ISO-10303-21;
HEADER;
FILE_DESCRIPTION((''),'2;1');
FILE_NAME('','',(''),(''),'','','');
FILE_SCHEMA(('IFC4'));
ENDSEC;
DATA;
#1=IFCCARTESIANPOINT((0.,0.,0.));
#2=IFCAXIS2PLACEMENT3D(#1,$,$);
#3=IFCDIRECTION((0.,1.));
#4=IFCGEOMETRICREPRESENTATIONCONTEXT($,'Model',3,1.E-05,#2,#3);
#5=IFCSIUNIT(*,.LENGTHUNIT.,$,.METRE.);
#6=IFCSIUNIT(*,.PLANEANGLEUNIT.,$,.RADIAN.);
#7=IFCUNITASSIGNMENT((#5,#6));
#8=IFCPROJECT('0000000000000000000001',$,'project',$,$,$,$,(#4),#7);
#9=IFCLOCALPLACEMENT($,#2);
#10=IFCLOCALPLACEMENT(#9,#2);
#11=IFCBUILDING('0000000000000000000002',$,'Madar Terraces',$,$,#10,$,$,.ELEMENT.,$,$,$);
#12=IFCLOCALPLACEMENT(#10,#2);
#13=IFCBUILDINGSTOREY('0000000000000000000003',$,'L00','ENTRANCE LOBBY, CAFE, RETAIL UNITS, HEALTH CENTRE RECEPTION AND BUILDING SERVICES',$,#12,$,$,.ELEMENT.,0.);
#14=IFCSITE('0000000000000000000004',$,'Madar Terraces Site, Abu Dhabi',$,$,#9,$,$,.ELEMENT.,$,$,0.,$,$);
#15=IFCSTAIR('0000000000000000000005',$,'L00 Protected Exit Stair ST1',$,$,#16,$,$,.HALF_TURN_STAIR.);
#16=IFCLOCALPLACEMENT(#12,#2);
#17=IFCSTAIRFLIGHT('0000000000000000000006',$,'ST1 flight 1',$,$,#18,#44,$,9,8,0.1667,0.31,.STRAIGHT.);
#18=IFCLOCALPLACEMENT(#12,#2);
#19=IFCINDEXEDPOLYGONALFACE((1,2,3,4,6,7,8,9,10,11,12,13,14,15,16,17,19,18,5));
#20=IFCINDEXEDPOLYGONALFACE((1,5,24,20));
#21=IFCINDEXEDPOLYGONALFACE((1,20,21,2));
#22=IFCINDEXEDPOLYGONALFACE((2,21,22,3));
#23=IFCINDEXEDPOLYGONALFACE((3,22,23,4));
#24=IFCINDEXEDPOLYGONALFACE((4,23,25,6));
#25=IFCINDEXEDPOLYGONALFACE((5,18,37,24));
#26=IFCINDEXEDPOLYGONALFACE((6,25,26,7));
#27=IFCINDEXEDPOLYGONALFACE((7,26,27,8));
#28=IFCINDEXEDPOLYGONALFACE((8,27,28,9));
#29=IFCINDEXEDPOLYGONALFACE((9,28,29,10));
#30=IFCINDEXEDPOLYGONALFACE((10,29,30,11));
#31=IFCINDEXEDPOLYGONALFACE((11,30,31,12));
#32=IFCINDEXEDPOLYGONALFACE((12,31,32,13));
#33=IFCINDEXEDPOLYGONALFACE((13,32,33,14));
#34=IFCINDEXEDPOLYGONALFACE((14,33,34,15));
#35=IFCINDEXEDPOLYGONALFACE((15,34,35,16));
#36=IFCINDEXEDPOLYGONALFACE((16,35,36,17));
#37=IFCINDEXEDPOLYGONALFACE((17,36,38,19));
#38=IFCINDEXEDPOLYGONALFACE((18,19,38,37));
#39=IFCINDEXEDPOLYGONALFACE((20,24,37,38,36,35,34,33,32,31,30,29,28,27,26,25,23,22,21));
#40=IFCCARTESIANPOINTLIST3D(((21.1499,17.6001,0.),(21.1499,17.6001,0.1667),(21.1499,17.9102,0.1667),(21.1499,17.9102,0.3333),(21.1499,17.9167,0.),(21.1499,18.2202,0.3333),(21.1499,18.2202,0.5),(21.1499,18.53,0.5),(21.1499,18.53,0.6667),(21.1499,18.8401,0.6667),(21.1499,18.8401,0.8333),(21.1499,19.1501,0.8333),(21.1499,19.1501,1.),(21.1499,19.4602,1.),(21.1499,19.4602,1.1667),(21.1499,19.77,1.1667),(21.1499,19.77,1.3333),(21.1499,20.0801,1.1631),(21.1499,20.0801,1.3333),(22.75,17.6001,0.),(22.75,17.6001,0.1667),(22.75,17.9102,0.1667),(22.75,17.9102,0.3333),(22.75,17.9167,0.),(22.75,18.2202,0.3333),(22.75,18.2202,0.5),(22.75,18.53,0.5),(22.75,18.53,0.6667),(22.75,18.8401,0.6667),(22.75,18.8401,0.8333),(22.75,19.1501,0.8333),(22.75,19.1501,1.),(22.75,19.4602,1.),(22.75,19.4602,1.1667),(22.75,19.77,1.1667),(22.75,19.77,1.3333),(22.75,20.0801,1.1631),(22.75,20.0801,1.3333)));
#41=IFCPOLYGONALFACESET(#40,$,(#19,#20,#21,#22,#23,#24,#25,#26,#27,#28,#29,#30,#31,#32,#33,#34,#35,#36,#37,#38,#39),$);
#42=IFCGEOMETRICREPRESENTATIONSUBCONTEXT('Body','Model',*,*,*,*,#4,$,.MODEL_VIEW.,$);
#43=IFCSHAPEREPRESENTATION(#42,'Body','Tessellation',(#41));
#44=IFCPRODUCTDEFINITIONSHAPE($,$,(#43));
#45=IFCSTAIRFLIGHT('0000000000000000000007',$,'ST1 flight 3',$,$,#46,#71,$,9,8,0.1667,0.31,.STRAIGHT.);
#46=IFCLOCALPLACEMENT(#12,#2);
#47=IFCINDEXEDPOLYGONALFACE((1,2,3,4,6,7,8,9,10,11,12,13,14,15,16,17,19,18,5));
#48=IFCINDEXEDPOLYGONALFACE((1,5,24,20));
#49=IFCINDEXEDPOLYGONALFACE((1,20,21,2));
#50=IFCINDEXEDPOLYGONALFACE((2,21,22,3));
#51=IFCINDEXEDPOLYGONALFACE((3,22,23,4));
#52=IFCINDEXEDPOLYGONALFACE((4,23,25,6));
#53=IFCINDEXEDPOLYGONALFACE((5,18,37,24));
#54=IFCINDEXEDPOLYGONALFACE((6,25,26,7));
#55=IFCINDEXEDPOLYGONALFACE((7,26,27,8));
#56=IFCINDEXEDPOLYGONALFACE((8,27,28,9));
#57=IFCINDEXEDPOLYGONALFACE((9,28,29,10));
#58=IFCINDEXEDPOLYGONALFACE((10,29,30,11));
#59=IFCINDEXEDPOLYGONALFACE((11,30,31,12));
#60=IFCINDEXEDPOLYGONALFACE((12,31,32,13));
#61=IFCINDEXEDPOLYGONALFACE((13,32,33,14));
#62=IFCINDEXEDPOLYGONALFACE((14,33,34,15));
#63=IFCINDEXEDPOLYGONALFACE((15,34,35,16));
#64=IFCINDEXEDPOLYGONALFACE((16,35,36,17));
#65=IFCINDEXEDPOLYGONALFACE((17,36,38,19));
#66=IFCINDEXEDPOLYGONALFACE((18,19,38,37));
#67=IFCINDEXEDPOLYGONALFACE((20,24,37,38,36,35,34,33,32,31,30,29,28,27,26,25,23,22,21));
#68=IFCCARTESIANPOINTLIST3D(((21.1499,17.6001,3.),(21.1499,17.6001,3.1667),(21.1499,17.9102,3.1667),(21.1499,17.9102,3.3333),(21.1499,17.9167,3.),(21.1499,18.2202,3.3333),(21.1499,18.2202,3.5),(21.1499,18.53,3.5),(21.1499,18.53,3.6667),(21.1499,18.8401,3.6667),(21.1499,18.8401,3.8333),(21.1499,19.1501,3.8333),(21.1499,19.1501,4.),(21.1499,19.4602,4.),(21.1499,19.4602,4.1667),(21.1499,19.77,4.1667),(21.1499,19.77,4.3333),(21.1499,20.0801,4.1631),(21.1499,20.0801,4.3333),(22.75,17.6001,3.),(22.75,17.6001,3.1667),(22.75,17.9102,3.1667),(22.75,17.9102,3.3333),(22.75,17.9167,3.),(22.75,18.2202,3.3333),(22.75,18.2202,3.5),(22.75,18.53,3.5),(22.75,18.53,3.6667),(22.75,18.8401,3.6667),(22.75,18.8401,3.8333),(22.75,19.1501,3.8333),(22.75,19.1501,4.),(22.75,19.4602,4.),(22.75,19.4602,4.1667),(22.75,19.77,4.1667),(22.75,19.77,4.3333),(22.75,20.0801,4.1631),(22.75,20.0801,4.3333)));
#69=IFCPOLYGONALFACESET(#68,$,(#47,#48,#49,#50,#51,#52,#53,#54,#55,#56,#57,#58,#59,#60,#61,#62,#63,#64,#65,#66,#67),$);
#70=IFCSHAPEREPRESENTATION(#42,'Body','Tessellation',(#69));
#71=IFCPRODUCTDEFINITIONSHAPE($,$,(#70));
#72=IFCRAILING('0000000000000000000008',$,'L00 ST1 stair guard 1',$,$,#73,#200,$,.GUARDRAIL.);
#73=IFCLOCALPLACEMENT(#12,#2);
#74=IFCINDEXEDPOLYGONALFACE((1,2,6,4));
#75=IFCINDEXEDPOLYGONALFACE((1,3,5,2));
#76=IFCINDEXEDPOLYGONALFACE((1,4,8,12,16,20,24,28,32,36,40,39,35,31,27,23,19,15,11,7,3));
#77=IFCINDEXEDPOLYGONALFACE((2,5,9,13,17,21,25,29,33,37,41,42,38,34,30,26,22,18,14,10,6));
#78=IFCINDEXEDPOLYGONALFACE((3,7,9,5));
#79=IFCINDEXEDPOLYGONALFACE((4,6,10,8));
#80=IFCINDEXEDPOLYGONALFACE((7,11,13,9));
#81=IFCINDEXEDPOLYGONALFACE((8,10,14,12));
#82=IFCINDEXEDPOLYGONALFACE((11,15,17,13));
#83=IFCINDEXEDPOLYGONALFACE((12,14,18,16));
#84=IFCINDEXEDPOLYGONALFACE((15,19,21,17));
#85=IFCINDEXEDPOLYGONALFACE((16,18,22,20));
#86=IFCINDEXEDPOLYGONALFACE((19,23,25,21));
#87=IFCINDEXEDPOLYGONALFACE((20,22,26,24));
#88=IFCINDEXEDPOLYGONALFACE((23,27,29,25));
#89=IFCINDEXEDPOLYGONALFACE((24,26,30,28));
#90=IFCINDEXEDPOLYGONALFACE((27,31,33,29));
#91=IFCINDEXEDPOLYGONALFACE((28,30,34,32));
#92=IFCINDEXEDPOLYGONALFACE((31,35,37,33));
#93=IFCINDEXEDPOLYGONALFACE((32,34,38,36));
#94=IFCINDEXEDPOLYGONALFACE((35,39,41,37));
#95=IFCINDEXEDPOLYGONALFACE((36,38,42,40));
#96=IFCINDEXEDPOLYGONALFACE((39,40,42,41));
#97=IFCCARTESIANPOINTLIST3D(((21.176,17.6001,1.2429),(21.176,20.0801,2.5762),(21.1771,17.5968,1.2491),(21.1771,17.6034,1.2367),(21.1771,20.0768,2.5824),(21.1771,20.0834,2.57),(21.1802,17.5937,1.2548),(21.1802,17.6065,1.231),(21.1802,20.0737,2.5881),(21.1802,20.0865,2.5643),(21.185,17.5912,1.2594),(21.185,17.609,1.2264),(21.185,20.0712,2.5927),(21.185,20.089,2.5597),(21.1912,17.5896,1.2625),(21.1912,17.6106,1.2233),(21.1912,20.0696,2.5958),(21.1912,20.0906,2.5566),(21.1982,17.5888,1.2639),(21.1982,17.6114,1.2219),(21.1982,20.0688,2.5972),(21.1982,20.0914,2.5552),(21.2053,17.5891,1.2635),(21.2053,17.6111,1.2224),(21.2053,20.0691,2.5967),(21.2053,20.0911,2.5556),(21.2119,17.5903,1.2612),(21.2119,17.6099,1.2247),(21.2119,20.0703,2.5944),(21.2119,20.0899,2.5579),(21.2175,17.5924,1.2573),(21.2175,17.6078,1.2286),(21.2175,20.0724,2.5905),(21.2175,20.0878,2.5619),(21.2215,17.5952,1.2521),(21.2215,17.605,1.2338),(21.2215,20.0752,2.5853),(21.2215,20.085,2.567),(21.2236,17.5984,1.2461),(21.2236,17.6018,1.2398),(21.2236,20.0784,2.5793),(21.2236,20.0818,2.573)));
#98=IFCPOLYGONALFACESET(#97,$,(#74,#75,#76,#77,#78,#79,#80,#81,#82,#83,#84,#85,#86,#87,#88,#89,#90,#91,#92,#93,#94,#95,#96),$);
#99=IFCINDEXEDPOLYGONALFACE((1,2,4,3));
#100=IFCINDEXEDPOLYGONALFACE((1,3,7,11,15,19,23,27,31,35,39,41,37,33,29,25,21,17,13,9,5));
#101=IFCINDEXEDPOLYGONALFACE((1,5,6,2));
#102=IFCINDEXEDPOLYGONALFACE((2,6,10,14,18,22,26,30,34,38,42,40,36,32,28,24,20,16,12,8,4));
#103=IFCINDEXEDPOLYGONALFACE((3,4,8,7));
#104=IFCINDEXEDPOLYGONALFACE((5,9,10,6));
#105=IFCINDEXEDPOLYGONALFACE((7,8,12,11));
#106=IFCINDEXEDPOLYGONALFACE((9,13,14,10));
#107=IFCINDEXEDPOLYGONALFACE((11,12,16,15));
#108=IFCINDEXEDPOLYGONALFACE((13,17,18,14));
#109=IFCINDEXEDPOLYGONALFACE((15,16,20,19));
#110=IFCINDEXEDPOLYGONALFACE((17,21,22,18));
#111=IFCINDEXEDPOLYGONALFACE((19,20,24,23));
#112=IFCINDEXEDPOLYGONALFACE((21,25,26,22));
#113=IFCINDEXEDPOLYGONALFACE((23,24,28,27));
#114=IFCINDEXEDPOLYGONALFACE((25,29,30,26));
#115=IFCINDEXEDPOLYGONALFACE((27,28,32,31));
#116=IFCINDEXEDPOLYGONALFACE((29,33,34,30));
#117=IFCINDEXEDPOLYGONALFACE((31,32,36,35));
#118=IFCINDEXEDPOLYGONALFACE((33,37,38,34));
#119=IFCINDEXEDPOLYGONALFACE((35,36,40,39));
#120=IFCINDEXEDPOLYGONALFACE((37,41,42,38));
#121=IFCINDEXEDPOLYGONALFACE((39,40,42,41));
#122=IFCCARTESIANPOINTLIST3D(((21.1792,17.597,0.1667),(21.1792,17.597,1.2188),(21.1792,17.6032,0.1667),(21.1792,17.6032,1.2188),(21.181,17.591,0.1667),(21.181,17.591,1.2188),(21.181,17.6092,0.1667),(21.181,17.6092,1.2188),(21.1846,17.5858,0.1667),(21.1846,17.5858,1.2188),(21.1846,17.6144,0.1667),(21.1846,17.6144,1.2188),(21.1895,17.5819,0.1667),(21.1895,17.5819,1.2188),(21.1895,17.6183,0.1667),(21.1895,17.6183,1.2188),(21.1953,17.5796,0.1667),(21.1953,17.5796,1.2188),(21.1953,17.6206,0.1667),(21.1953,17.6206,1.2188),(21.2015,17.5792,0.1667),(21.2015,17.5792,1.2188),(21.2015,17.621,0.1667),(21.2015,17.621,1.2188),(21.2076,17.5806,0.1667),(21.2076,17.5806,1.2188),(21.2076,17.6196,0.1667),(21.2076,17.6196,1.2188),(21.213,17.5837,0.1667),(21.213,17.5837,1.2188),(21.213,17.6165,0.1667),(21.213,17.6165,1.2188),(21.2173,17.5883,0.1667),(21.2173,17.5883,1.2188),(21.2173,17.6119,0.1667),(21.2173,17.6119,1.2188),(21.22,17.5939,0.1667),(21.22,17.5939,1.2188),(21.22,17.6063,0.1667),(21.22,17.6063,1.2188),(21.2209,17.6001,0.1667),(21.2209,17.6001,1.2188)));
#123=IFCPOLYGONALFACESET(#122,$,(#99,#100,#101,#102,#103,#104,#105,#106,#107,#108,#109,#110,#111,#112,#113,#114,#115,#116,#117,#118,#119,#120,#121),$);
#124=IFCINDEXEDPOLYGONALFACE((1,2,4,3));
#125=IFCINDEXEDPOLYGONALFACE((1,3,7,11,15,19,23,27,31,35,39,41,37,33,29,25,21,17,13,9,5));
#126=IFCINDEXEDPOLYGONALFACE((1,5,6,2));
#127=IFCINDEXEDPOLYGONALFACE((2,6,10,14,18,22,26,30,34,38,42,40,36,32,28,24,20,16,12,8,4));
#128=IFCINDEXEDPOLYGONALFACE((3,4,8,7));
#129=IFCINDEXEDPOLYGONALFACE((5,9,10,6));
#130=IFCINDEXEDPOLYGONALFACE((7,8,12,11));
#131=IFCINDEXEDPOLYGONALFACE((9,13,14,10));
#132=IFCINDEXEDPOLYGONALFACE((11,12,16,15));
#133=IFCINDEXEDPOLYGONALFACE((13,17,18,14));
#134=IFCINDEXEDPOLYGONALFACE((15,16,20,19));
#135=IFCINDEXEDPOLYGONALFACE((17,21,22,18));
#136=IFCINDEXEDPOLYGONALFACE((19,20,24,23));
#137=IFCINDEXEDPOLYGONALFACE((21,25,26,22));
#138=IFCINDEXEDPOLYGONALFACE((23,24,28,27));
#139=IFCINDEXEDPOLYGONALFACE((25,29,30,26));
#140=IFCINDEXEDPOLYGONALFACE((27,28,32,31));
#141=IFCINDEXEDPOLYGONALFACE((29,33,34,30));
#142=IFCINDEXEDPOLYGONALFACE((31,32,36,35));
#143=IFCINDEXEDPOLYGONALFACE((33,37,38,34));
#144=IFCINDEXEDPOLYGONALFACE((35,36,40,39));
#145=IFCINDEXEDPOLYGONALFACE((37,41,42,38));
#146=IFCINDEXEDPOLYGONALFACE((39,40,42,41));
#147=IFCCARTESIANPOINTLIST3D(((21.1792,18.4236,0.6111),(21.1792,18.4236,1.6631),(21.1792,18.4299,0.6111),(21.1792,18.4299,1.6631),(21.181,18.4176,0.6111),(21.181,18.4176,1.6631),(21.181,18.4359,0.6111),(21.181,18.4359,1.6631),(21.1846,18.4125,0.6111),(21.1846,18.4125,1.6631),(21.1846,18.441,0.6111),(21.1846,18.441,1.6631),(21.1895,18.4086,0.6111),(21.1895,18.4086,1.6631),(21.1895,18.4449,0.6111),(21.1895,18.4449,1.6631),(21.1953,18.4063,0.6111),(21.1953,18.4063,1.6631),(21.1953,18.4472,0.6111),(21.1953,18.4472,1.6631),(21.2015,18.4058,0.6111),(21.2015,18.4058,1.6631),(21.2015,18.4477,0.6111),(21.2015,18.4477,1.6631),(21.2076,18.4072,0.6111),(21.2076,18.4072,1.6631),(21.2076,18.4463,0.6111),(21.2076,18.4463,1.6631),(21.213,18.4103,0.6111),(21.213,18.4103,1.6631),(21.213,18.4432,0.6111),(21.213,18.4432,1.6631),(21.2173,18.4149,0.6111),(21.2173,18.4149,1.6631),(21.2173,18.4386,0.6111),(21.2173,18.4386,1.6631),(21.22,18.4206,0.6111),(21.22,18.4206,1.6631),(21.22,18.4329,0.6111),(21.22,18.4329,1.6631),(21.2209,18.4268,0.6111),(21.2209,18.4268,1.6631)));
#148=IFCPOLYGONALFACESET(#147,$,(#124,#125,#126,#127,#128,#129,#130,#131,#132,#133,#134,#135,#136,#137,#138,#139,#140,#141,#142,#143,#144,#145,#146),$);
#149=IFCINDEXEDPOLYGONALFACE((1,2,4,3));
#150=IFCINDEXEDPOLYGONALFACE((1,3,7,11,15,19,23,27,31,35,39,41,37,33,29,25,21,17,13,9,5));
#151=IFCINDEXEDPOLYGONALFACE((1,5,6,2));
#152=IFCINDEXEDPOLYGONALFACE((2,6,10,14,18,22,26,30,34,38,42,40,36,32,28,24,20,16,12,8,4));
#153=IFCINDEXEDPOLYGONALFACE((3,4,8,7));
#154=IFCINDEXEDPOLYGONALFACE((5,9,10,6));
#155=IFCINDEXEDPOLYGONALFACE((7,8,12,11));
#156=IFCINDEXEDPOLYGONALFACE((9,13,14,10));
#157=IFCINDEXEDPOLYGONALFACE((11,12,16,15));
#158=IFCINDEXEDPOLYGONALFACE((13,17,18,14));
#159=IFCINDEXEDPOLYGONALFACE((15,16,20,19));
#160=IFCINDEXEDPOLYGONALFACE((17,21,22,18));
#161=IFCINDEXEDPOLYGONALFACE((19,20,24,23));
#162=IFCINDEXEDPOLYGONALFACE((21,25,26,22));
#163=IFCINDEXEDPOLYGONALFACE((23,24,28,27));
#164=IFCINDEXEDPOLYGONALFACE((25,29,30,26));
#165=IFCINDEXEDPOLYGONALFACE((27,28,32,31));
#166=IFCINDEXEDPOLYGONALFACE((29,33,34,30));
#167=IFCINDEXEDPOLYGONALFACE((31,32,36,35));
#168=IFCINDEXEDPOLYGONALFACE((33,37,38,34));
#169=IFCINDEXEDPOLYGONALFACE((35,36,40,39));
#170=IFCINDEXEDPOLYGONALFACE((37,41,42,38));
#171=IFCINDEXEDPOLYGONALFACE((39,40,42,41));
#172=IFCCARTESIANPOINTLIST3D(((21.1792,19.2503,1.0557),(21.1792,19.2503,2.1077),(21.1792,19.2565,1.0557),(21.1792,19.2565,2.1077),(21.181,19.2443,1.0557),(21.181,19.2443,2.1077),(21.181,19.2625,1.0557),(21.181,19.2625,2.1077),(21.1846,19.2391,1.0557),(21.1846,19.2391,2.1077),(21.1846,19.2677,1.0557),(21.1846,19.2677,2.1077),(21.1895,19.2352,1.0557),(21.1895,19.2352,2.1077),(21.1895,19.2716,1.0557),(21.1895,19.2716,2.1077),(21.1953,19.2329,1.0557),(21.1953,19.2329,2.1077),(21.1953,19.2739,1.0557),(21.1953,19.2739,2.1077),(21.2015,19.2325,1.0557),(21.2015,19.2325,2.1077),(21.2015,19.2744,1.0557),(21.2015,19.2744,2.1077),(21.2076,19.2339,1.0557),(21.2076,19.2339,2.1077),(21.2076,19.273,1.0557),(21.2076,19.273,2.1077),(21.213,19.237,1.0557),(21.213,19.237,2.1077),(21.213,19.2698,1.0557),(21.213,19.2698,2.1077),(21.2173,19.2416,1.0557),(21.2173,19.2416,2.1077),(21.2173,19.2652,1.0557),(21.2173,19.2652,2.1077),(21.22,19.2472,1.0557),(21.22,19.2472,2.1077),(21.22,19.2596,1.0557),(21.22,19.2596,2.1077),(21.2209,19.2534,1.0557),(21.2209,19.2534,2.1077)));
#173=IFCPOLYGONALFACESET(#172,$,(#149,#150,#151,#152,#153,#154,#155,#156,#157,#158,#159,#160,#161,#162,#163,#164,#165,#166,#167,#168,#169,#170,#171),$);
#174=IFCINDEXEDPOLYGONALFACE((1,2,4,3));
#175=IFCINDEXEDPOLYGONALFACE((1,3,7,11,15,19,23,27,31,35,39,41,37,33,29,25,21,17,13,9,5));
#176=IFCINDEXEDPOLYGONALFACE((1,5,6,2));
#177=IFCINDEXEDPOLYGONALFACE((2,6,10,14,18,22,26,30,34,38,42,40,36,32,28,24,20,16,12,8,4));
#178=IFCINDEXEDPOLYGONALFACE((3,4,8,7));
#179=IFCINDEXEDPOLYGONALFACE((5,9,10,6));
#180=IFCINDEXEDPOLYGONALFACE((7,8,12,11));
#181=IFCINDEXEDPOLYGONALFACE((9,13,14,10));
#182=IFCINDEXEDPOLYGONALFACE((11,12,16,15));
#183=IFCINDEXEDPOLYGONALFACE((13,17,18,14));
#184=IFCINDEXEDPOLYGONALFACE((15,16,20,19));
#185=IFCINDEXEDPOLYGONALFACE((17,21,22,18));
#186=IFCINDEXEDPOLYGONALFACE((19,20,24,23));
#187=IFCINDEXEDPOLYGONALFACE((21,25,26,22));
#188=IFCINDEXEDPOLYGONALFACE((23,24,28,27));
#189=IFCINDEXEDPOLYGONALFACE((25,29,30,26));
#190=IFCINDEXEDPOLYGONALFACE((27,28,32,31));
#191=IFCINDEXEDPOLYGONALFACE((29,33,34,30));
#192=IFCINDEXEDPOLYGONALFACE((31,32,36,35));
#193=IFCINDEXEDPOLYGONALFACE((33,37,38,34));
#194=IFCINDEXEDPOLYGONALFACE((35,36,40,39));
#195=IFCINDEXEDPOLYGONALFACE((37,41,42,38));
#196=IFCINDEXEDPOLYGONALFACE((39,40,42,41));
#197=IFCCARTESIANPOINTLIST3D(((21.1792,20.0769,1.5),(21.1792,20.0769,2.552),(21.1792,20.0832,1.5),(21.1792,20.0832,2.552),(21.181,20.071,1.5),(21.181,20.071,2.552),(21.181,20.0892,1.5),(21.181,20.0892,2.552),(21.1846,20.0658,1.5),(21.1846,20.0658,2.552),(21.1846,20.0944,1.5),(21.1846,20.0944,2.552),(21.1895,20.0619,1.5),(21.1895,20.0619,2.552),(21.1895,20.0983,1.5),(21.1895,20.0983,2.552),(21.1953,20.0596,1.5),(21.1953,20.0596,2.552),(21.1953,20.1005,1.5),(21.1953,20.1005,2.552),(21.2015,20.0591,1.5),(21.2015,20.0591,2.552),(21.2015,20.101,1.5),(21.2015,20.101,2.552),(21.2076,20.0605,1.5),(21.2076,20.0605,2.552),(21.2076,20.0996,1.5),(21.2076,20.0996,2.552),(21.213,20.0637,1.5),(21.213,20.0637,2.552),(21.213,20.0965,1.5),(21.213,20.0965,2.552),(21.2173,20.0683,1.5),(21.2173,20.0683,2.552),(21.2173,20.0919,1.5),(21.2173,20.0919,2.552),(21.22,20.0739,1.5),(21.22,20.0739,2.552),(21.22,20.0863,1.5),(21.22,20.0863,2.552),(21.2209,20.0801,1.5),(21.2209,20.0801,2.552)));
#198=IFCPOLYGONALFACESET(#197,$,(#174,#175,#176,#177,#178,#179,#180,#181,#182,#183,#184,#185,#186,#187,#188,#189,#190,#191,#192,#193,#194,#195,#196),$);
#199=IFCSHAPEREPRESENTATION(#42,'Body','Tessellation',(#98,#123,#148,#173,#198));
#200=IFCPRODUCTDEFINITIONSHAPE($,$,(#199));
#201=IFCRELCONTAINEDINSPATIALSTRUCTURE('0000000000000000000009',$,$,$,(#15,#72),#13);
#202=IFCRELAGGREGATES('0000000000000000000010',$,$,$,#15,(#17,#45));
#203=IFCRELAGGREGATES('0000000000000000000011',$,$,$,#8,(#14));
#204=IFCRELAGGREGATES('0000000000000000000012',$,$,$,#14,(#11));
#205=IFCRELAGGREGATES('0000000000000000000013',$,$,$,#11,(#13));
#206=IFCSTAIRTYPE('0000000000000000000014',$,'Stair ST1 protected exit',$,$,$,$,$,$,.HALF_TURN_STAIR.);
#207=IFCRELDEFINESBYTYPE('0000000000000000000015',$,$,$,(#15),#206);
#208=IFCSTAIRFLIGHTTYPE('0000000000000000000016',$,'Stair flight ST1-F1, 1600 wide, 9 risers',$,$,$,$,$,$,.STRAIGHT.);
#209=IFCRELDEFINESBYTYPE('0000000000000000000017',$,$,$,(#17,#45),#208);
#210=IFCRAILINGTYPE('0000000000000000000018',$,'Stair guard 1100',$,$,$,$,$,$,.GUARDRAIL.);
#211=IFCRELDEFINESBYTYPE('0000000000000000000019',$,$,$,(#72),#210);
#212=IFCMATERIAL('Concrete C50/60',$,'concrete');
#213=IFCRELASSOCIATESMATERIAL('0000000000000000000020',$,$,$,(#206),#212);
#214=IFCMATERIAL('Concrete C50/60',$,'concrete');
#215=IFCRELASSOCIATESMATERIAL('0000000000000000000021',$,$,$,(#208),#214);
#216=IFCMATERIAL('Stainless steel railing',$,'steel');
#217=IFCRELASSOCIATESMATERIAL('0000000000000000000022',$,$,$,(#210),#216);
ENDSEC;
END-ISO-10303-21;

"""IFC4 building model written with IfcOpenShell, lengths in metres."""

from ifc_helpers import new_model, si_unit, direction, frame, origin, origin_2d, place, context, subcontext, project, spatial, polyline, circle, outline, extrude, material, type_object, element, aggregate, save


model = new_model("IFC4")

# Units and contexts
model_context = context("Model", 3, precision=1e-05, world=origin(), true_north=direction((0.0, 1.0)))
body_context = subcontext(model_context, "Body", "Model", "MODEL_VIEW")
ifc_project = project(units=[si_unit("LENGTHUNIT", "METRE"), si_unit("PLANEANGLEUNIT", "RADIAN")], contexts=[model_context])

# Site, building, storey
site_placement = place(None, origin())
site = spatial("IfcSite", under=ifc_project, at=site_placement, Name="Madar Terraces Site, Abu Dhabi", CompositionType="ELEMENT", RefElevation=0.0)
building_placement = place(site_placement, origin())
building = spatial("IfcBuilding", under=site, at=building_placement, Name="Madar Terraces", CompositionType="ELEMENT")
storey_placement = place(building_placement, origin())
storey = spatial("IfcBuildingStorey", under=building, at=storey_placement, Name="L00", Description="ENTRANCE LOBBY, CAFE, RETAIL UNITS, HEALTH CENTRE RECEPTION AND BUILDING SERVICES", CompositionType="ELEMENT", Elevation=0.0)

# Stair, stair flights
ifc_material_1 = material(Name="Concrete C50/60", Category="concrete")
stair_type = type_object("IfcStairType", Name="Stair ST1 protected exit", PredefinedType="HALF_TURN_STAIR", material=ifc_material_1)
stair_placement = place(storey_placement, origin())
stair = element("IfcStair", 1, at=stair_placement, inside=storey, type_object=stair_type, Name="L00 Protected Exit Stair ST1", PredefinedType="HALF_TURN_STAIR")
ifc_material_2 = material(Name="Concrete C50/60", Category="concrete")
stair_flight_type = type_object("IfcStairFlightType", Name="Stair flight ST1-F1, 1600 wide, 9 risers", PredefinedType="STRAIGHT", material=ifc_material_2)
stair_flight_1_placement = place(storey_placement, frame((21.95, 17.6001, 0.0), z_axis=(0.0, 0.0, 1.0), x_axis=(0.0, 1.0, 0.0)))
stair_flight_1 = element("IfcStairFlight", 2, at=stair_flight_1_placement, type_object=stair_flight_type, Name="ST1 flight 1", NumberOfRisers=9, NumberOfTreads=8, PredefinedType="STRAIGHT", RiserHeight=0.1667, TreadLength=0.31, context=body_context, shape_type="SweptSolid", body=[
    extrude(outline(polyline([(0.0, 0.0), (0.0, 0.1667), (0.3101, 0.1667), (0.3101, 0.3333), (0.6201, 0.3333), (0.6201, 0.5), (0.9299, 0.5), (0.9299, 0.6667), (1.24, 0.6667), (1.24, 0.8333), (1.55, 0.8333), (1.55, 1.0), (1.8601, 1.0), (1.8601, 1.1667), (2.1699, 1.1667), (2.1699, 1.3333), (2.48, 1.3333), (2.48, 1.5), (2.48, 1.1631), (0.3167, 0.0), (0.0, 0.0)])), frame((0.0, 0.8, 0.0), z_axis=(0.0, -1.0, 0.0), x_axis=(1.0, 0.0, 0.0)), (0.0, 0.0, 1.0), 1.6001),
])
stair_flight_2_placement = place(storey_placement, frame((21.95, 17.6001, 3.0), z_axis=(0.0, 0.0, 1.0), x_axis=(0.0, 1.0, 0.0)))
stair_flight_2 = element("IfcStairFlight", 3, at=stair_flight_2_placement, type_object=stair_flight_type, Name="ST1 flight 3", NumberOfRisers=9, NumberOfTreads=8, PredefinedType="STRAIGHT", RiserHeight=0.1667, TreadLength=0.31, context=body_context, shape_type="SweptSolid", body=[
    extrude(outline(polyline([(0.0, 0.0), (0.0, 0.1667), (0.3101, 0.1667), (0.3101, 0.3333), (0.6201, 0.3333), (0.6201, 0.5), (0.9299, 0.5), (0.9299, 0.6667), (1.24, 0.6667), (1.24, 0.8333), (1.55, 0.8333), (1.55, 1.0), (1.8601, 1.0), (1.8601, 1.1667), (2.1699, 1.1667), (2.1699, 1.3333), (2.48, 1.3333), (2.48, 1.5), (2.48, 1.1631), (0.3167, 0.0), (0.0, 0.0)])), frame((0.0, 0.8, 0.0), z_axis=(0.0, -1.0, 0.0), x_axis=(1.0, 0.0, 0.0)), (0.0, 0.0, 1.0), 1.6001),
])
aggregate(stair, [stair_flight_1, stair_flight_2])

# Railing
ifc_material_3 = material(Name="Stainless steel railing", Category="steel")
railing_type_1 = type_object("IfcRailingType", Name="Stair guard 1100", PredefinedType="GUARDRAIL", material=ifc_material_3)
railing_1_placement = place(storey_placement, frame((21.2, 17.6001, 0.1667)))
element("IfcRailing", 4, at=railing_1_placement, inside=storey, type_object=railing_type_1, Name="L00 ST1 stair guard 1", PredefinedType="GUARDRAIL", context=body_context, shape_type="SweptSolid", body=[
    extrude(circle(Radius=0.0239, at=origin_2d()), frame((0.0, 0.0, 1.0762), z_axis=(0.0, 0.880786, 0.473515), x_axis=(-1.0, 0.0, 0.0)), (0.0, 0.0, 1.0), 2.8157),
    extrude(circle(Radius=0.021, at=origin_2d()), origin(), (0.0, 0.0, 1.0), 1.052),
    extrude(circle(Radius=0.021, at=origin_2d()), frame((0.0, 0.8267, 0.4443)), (0.0, 0.0, 1.0), 1.052),
    extrude(circle(Radius=0.021, at=origin_2d()), frame((0.0, 1.6533, 0.8889)), (0.0, 0.0, 1.0), 1.052),
    extrude(circle(Radius=0.021, at=origin_2d()), frame((0.0, 2.48, 1.3333)), (0.0, 0.0, 1.0), 1.052),
])

save(model, "model.ifc")
